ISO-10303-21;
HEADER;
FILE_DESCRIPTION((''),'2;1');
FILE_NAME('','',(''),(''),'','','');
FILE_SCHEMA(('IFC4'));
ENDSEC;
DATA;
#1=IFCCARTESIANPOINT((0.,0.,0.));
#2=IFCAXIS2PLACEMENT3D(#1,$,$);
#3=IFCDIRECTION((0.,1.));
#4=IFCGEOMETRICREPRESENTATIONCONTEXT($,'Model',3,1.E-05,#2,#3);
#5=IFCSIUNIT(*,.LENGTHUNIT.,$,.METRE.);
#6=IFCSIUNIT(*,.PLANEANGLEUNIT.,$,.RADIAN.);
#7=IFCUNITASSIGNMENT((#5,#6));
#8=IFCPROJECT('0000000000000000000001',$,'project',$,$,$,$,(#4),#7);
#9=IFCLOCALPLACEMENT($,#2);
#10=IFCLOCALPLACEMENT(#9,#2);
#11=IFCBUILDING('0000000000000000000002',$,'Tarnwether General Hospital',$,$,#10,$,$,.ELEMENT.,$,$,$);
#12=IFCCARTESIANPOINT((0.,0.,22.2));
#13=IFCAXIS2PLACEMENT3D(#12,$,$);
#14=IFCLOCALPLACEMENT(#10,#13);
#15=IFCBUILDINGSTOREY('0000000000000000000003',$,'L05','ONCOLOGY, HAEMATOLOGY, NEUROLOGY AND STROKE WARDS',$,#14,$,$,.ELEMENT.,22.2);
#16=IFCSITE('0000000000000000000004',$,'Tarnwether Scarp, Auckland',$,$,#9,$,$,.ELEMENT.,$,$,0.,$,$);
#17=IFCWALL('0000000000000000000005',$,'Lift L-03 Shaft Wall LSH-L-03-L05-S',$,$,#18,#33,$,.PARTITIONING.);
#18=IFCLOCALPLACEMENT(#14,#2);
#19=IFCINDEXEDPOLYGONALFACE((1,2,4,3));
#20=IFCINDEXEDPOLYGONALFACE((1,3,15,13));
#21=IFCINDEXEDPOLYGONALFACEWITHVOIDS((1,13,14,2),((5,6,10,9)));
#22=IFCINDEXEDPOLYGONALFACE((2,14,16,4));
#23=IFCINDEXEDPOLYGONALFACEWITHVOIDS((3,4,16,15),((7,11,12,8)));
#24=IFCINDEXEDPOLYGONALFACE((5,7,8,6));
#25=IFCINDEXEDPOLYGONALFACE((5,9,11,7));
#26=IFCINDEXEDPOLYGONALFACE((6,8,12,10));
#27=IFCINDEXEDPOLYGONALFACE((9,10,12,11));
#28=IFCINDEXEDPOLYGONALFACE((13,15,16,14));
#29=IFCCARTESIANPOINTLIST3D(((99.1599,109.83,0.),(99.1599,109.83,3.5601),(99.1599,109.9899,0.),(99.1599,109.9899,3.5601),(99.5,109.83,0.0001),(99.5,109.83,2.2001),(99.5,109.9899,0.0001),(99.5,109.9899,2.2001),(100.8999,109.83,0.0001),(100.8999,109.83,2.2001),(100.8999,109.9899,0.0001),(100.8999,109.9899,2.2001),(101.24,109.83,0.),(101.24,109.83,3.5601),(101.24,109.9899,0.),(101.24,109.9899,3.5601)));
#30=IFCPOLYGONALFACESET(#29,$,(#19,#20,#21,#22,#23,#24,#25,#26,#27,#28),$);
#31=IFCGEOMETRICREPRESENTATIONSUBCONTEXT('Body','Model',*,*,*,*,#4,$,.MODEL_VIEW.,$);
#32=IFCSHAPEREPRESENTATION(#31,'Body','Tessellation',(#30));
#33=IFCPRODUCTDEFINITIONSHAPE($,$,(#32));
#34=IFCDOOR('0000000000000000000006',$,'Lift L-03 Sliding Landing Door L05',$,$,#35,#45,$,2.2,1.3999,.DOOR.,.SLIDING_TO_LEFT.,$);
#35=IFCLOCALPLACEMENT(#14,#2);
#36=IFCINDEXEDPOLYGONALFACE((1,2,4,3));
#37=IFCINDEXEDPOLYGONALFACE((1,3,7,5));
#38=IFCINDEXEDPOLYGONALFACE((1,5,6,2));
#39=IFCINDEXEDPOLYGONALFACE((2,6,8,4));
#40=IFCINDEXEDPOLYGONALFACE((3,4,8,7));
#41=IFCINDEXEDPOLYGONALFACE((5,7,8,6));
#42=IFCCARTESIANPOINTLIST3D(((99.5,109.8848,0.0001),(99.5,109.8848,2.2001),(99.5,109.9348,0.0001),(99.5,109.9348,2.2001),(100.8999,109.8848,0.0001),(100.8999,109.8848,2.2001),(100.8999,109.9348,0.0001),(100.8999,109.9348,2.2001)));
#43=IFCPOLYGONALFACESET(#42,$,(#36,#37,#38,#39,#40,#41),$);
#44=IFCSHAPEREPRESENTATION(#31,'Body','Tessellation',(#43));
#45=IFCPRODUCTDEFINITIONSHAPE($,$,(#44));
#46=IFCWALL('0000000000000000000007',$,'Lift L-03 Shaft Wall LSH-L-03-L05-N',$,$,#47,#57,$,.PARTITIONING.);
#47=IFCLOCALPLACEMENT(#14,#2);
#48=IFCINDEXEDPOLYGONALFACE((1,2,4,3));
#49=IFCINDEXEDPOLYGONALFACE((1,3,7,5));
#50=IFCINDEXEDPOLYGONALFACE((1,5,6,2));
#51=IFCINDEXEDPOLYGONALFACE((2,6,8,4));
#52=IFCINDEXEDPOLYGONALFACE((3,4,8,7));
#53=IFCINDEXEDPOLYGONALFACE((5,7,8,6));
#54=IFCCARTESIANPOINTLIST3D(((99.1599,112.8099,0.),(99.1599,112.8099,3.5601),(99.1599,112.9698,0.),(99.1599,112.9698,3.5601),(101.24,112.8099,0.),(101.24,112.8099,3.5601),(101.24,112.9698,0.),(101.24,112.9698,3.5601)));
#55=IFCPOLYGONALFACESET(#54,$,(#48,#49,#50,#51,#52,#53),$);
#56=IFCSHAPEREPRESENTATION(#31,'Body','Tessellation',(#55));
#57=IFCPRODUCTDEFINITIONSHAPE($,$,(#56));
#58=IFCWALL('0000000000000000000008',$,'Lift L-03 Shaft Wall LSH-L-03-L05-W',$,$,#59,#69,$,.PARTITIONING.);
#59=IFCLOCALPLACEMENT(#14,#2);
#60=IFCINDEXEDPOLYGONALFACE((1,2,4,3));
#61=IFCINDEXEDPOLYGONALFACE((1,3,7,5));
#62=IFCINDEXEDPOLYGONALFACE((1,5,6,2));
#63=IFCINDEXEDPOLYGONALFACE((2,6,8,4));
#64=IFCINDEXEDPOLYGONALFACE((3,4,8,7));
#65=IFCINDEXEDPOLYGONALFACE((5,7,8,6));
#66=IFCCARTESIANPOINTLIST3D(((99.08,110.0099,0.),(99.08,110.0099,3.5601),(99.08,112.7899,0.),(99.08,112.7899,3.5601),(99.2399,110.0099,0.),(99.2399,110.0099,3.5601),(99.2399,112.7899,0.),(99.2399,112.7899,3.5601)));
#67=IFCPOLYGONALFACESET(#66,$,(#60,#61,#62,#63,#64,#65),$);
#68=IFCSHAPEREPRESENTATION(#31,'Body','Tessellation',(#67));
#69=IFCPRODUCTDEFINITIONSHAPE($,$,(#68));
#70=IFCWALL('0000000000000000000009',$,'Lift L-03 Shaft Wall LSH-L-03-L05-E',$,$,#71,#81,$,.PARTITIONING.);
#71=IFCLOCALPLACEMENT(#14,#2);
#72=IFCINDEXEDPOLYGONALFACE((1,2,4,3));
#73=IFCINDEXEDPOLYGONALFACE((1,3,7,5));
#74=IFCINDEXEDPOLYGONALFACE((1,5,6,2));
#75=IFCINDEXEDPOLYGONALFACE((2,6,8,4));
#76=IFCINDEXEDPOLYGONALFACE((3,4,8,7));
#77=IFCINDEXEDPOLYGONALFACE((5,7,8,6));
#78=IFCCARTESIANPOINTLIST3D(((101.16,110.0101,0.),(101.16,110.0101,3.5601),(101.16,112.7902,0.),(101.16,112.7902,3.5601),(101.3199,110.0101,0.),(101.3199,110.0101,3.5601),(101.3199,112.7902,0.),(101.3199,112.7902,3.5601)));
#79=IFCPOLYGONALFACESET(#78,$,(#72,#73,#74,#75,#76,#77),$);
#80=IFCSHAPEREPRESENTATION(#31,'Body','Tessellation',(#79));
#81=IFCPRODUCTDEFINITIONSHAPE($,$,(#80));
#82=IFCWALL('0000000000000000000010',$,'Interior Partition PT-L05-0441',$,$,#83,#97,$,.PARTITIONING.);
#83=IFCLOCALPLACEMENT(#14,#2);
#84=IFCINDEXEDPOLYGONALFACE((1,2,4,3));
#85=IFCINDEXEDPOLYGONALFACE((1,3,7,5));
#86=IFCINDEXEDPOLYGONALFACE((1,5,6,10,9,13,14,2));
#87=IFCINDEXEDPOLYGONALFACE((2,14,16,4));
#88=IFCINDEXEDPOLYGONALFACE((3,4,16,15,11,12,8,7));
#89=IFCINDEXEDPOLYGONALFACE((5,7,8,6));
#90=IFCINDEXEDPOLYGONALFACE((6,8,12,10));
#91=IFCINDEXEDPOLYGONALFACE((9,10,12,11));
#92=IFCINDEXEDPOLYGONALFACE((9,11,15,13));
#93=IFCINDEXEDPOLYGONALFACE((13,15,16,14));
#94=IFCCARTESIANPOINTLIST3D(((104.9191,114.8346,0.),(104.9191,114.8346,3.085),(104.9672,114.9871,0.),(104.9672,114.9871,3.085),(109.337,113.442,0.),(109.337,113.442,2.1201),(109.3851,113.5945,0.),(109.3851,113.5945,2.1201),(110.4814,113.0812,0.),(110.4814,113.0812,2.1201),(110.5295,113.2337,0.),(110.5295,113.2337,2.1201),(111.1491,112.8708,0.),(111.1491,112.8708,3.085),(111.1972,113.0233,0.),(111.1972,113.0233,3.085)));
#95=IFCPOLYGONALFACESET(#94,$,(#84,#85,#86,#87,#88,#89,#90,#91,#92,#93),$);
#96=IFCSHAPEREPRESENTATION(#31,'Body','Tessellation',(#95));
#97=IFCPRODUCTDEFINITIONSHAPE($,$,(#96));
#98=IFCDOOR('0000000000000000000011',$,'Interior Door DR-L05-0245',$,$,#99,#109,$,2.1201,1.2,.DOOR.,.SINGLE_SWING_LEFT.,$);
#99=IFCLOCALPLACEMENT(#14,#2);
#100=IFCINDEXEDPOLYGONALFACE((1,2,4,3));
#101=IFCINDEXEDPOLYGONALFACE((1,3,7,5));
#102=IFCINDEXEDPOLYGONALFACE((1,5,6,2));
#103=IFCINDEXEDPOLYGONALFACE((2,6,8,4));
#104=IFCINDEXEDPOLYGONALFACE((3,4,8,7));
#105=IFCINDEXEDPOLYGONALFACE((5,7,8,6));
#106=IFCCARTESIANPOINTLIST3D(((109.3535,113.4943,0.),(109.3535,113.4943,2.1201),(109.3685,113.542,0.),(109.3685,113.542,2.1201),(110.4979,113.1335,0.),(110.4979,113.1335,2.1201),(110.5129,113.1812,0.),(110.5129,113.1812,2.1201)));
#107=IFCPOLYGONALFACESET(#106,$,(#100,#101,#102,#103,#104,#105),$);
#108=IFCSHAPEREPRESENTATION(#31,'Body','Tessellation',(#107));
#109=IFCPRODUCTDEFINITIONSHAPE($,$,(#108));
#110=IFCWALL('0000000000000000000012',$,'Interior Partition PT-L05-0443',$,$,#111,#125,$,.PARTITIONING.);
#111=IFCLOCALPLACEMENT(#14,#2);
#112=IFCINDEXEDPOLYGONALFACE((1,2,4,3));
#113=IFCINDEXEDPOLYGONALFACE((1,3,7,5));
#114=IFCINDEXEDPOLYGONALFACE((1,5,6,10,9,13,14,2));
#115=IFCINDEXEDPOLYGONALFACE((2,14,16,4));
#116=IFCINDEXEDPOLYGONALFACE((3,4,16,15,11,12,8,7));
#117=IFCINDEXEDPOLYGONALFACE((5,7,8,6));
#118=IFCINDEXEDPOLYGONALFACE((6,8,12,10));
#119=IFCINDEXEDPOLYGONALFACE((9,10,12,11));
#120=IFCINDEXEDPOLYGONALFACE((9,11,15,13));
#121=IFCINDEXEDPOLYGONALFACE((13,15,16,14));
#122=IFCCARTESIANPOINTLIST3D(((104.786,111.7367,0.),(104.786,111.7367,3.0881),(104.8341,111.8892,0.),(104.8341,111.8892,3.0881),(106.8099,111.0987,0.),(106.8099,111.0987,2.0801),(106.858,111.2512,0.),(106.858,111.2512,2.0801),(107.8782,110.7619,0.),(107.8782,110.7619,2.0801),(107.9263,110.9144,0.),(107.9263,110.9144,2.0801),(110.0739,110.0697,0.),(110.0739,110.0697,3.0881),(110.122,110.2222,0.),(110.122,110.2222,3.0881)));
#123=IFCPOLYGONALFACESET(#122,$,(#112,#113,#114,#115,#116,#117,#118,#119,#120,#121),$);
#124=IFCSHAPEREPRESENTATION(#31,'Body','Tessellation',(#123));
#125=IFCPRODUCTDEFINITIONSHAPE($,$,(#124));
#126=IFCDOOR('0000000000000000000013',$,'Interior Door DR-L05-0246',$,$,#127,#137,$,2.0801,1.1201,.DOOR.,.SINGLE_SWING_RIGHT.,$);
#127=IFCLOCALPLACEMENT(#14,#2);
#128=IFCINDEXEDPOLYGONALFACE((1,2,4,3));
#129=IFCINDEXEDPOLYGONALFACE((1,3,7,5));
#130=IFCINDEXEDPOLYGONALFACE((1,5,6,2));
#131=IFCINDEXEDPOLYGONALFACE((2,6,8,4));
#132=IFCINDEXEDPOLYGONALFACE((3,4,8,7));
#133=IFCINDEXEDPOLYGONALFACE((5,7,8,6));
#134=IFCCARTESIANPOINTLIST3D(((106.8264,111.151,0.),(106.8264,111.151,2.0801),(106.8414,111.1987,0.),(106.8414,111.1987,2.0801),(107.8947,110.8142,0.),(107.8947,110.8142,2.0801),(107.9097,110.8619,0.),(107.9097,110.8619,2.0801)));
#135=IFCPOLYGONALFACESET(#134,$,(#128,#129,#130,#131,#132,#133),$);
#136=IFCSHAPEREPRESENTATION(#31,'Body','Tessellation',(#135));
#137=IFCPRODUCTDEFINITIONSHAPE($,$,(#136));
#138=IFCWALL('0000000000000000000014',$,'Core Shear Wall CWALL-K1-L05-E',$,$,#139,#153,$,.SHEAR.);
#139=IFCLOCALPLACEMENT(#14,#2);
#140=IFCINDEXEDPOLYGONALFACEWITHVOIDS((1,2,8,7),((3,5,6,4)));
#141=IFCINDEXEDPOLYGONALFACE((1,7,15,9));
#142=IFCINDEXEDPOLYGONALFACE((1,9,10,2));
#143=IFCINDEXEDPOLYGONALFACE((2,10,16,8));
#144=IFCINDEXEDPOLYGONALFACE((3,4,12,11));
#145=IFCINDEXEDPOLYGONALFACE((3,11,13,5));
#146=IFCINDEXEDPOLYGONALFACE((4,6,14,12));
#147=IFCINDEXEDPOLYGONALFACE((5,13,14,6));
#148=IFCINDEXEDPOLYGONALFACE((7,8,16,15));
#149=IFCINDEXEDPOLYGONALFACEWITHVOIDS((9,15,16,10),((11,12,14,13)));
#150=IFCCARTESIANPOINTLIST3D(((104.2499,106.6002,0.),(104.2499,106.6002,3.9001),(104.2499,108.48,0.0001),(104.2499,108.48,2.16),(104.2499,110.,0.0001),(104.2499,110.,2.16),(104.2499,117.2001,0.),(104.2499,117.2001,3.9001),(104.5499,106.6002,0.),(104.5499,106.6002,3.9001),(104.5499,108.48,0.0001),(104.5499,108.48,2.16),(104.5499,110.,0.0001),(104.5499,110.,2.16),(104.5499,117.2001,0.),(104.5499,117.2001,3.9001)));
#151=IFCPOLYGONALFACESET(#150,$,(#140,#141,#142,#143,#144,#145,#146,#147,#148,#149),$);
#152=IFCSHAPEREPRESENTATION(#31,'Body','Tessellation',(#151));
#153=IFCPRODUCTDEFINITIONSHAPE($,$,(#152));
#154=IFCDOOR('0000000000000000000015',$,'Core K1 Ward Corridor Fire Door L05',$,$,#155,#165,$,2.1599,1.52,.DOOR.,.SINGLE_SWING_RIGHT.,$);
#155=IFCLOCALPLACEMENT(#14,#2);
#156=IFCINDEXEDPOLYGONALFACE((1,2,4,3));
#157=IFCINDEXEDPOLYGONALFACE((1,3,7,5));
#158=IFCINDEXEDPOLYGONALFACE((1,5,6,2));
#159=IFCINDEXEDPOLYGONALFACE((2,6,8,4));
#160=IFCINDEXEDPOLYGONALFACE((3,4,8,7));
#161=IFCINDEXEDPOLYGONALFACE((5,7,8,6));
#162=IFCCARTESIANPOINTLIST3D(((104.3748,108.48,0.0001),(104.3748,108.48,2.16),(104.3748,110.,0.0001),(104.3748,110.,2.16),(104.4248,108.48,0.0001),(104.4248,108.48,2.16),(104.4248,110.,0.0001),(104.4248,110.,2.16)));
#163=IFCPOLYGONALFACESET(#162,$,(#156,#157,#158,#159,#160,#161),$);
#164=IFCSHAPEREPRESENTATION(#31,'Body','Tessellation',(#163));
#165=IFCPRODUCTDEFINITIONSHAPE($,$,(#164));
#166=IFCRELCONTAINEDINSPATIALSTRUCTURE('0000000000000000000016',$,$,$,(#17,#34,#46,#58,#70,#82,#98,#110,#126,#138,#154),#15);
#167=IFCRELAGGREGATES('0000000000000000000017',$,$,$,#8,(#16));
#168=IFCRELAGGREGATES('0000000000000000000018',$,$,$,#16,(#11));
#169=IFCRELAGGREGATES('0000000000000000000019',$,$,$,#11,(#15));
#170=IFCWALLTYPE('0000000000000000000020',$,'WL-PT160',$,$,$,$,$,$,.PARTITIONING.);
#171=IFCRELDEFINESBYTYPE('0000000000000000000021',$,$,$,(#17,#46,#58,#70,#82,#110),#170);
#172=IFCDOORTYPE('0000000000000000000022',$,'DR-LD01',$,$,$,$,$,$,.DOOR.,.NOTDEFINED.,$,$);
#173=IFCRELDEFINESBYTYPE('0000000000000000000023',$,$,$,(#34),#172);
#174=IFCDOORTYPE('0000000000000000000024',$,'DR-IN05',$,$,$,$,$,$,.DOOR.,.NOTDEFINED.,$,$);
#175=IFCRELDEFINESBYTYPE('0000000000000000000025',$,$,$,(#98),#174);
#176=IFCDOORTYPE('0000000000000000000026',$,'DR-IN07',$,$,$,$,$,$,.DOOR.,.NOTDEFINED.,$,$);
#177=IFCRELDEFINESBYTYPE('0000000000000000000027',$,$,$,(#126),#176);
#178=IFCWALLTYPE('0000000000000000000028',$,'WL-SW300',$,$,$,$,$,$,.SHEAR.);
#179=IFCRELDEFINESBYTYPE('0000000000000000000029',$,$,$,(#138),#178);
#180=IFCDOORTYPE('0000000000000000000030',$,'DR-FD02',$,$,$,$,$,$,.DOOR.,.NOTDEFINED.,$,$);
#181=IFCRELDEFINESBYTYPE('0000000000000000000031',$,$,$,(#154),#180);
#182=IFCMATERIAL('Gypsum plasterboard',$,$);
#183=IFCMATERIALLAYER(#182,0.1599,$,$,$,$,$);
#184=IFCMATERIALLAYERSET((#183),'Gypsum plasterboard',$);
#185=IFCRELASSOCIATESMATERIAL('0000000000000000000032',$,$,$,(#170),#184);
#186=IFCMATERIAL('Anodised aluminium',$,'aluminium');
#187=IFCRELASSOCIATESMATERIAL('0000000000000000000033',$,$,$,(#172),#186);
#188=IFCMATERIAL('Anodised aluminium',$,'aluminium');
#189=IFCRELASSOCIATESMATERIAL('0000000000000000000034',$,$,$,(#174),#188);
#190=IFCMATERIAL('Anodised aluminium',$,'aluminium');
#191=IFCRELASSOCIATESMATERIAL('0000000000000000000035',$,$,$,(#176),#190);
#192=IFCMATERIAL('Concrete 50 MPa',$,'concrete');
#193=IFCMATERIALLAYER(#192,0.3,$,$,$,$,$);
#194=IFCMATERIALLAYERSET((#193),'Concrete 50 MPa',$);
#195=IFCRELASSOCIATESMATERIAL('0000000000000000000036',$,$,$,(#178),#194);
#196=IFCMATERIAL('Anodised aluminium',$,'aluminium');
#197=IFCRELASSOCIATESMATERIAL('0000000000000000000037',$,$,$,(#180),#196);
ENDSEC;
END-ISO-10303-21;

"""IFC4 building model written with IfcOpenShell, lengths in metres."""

from ifc_helpers import new_model, si_unit, direction, frame, frame_2d, origin, place, context, subcontext, project, spatial, rectangle, extrude, material, layer, layer_set, type_object, element, fill, save


model = new_model("IFC4")

# Units and contexts
model_context = context("Model", 3, precision=1e-05, world=origin(), true_north=direction((0.0, 1.0)))
body_context = subcontext(model_context, "Body", "Model", "MODEL_VIEW")
ifc_project = project(units=[si_unit("LENGTHUNIT", "METRE"), si_unit("PLANEANGLEUNIT", "RADIAN")], contexts=[model_context])

# Site, building, storey
site_placement = place(None, origin())
site = spatial("IfcSite", under=ifc_project, at=site_placement, Name="Tarnwether Scarp, Auckland", CompositionType="ELEMENT", RefElevation=0.0)
building_placement = place(site_placement, origin())
building = spatial("IfcBuilding", under=site, at=building_placement, Name="Tarnwether General Hospital", CompositionType="ELEMENT")
storey_placement = place(building_placement, frame((0.0, 0.0, 22.2)))
storey = spatial("IfcBuildingStorey", under=building, at=storey_placement, Name="L05", Description="ONCOLOGY, HAEMATOLOGY, NEUROLOGY AND STROKE WARDS", CompositionType="ELEMENT", Elevation=22.2)

# Wall, opening, door
ifc_material_1 = material(Name="Gypsum plasterboard")
ifc_layer_1 = layer(ifc_material_1, 0.1599)
ifc_layer_set_1 = layer_set([ifc_layer_1], Name="Gypsum plasterboard")
wall_type_1 = type_object("IfcWallType", Name="WL-PT160", PredefinedType="PARTITIONING", material=ifc_layer_set_1)
wall_1_placement = place(storey_placement, frame((99.1599, 109.9099, 0.0), z_axis=(0.0, 0.0, 1.0), x_axis=(1.0, 0.0, 0.0)))
wall_1 = element("IfcWall", 1, at=wall_1_placement, inside=storey, type_object=wall_type_1, Name="Lift L-03 Shaft Wall LSH-L-03-L05-S", PredefinedType="PARTITIONING", context=body_context, shape_type="SweptSolid", body=[
    extrude(rectangle(XDim=2.0801, YDim=0.1599, at=frame_2d((1.04, 0.0))), origin(), (0.0, 0.0, 1.0), 3.5601),
])
opening_1_placement = place(wall_1_placement, frame((0.3401, 0.0, 0.0)))
opening_1 = element("IfcOpeningElement", 2, at=opening_1_placement, cuts=wall_1, PredefinedType="OPENING", context=body_context, shape_type="SweptSolid", body=[
    extrude(rectangle(XDim=1.3999, YDim=2.2, at=frame_2d((0.7, 1.1001))), frame((0.0, 0.0898, 0.0), z_axis=(0.0, -1.0, 0.0), x_axis=(1.0, 0.0, 0.0)), (0.0, 0.0, 1.0), 0.1799),
])
ifc_material_2 = material(Name="Anodised aluminium", Category="aluminium")
door_type_1 = type_object("IfcDoorType", Name="DR-LD01", OperationType="NOTDEFINED", PredefinedType="DOOR", material=ifc_material_2)
door_1_placement = place(opening_1_placement, origin())
door_1 = element("IfcDoor", 3, at=door_1_placement, inside=storey, type_object=door_type_1, Name="Lift L-03 Sliding Landing Door L05", OperationType="SLIDING_TO_LEFT", OverallHeight=2.2, OverallWidth=1.3999, PredefinedType="DOOR", context=body_context, shape_type="SweptSolid", body=[
    extrude(rectangle(XDim=1.3999, YDim=2.2, at=frame_2d((0.7, 1.1001))), frame((0.0, 0.0249, 0.0), z_axis=(0.0, -1.0, 0.0), x_axis=(1.0, 0.0, 0.0)), (0.0, 0.0, 1.0), 0.05),
])
fill(opening_1, door_1)

# Walls
wall_2_placement = place(storey_placement, frame((101.24, 112.8899, 0.0), z_axis=(0.0, 0.0, 1.0), x_axis=(-1.0, 0.0, 0.0)))
element("IfcWall", 4, at=wall_2_placement, inside=storey, type_object=wall_type_1, Name="Lift L-03 Shaft Wall LSH-L-03-L05-N", PredefinedType="PARTITIONING", context=body_context, shape_type="SweptSolid", body=[
    extrude(rectangle(XDim=2.0801, YDim=0.1599, at=frame_2d((1.04, 0.0))), origin(), (0.0, 0.0, 1.0), 3.5601),
])
for number, where, z_axis, x_axis, name in (
    (5, (99.1599, 112.79, 0.0), (0.0, 0.0, 1.0), (0.0, -1.0, 0.0), "Lift L-03 Shaft Wall LSH-L-03-L05-W"),
    (6, (101.24, 110.01, 0.0), (0.0, 0.0, 1.0), (0.0, 1.0, 0.0), "Lift L-03 Shaft Wall LSH-L-03-L05-E"),
):
    element("IfcWall", number, at=place(storey_placement, frame(where, z_axis=z_axis, x_axis=x_axis)), inside=storey, type_object=wall_type_1, Name=name, PredefinedType="PARTITIONING", context=body_context, shape_type="SweptSolid", body=[
        extrude(rectangle(XDim=2.78, YDim=0.1599, at=frame_2d((1.3901, 0.0))), origin(), (0.0, 0.0, 1.0), 3.5601),
    ])

# Walls, openings, doors
wall_3_placement = place(storey_placement, frame((104.9431, 114.9109, 0.0), z_axis=(0.0, 0.0, 1.0), x_axis=(0.953736, -0.300645, 0.0)))
wall_3 = element("IfcWall", 7, at=wall_3_placement, inside=storey, type_object=wall_type_1, Name="Interior Partition PT-L05-0441", PredefinedType="PARTITIONING", context=body_context, shape_type="SweptSolid", body=[
    extrude(rectangle(XDim=6.5322, YDim=0.1599, at=frame_2d((3.2661, 0.0))), origin(), (0.0, 0.0, 1.0), 3.085),
])
opening_2_placement = place(wall_3_placement, frame((4.6321, 0.0, 0.0)))
opening_2 = element("IfcOpeningElement", 8, at=opening_2_placement, cuts=wall_3, PredefinedType="OPENING", context=body_context, shape_type="SweptSolid", body=[
    extrude(rectangle(XDim=1.2, YDim=2.1201, at=frame_2d((0.6001, 1.0601))), frame((0.0, 0.0898, 0.0), z_axis=(0.0, -1.0, 0.0), x_axis=(1.0, 0.0, 0.0)), (0.0, 0.0, 1.0), 0.1799),
])
ifc_material_3 = material(Name="Anodised aluminium", Category="aluminium")
door_type_2 = type_object("IfcDoorType", Name="DR-IN05", OperationType="NOTDEFINED", PredefinedType="DOOR", material=ifc_material_3)
door_2_placement = place(opening_2_placement, origin())
door_2 = element("IfcDoor", 9, at=door_2_placement, inside=storey, type_object=door_type_2, Name="Interior Door DR-L05-0245", OperationType="SINGLE_SWING_LEFT", OverallHeight=2.1201, OverallWidth=1.2, PredefinedType="DOOR", context=body_context, shape_type="SweptSolid", body=[
    extrude(rectangle(XDim=1.2, YDim=2.1201, at=frame_2d((0.6001, 1.0601))), frame((0.0, 0.0249, 0.0), z_axis=(0.0, -1.0, 0.0), x_axis=(1.0, 0.0, 0.0)), (0.0, 0.0, 1.0), 0.05),
])
fill(opening_2, door_2)
wall_4_placement = place(storey_placement, frame((104.8101, 111.813, 0.0), z_axis=(0.0, 0.0, 1.0), x_axis=(0.95373, -0.300663, 0.0)))
wall_4 = element("IfcWall", 10, at=wall_4_placement, inside=storey, type_object=wall_type_1, Name="Interior Partition PT-L05-0443", PredefinedType="PARTITIONING", context=body_context, shape_type="SweptSolid", body=[
    extrude(rectangle(XDim=5.5444, YDim=0.1599, at=frame_2d((2.7722, 0.0))), origin(), (0.0, 0.0, 1.0), 3.0881),
])
opening_3_placement = place(wall_4_placement, frame((2.1221, 0.0, 0.0)))
opening_3 = element("IfcOpeningElement", 11, at=opening_3_placement, cuts=wall_4, PredefinedType="OPENING", context=body_context, shape_type="SweptSolid", body=[
    extrude(rectangle(XDim=1.1201, YDim=2.0801, at=frame_2d((0.5601, 1.04))), frame((0.0, 0.0898, 0.0), z_axis=(0.0, -1.0, 0.0), x_axis=(1.0, 0.0, 0.0)), (0.0, 0.0, 1.0), 0.1799),
])
ifc_material_4 = material(Name="Anodised aluminium", Category="aluminium")
door_type_3 = type_object("IfcDoorType", Name="DR-IN07", OperationType="NOTDEFINED", PredefinedType="DOOR", material=ifc_material_4)
door_3_placement = place(opening_3_placement, origin())
door_3 = element("IfcDoor", 12, at=door_3_placement, inside=storey, type_object=door_type_3, Name="Interior Door DR-L05-0246", OperationType="SINGLE_SWING_RIGHT", OverallHeight=2.0801, OverallWidth=1.1201, PredefinedType="DOOR", context=body_context, shape_type="SweptSolid", body=[
    extrude(rectangle(XDim=1.1201, YDim=2.0801, at=frame_2d((0.5601, 1.04))), frame((0.0, 0.0249, 0.0), z_axis=(0.0, -1.0, 0.0), x_axis=(1.0, 0.0, 0.0)), (0.0, 0.0, 1.0), 0.05),
])
fill(opening_3, door_3)
ifc_material_5 = material(Name="Concrete 50 MPa", Category="concrete")
ifc_layer_2 = layer(ifc_material_5, 0.3)
ifc_layer_set_2 = layer_set([ifc_layer_2], Name="Concrete 50 MPa")
wall_type_2 = type_object("IfcWallType", Name="WL-SW300", PredefinedType="SHEAR", material=ifc_layer_set_2)
wall_5_placement = place(storey_placement, frame((104.3999, 117.2, 0.0), z_axis=(0.0, 0.0, 1.0), x_axis=(0.0, -1.0, 0.0)))
wall_5 = element("IfcWall", 13, at=wall_5_placement, inside=storey, type_object=wall_type_2, Name="Core Shear Wall CWALL-K1-L05-E", PredefinedType="SHEAR", context=body_context, shape_type="SweptSolid", body=[
    extrude(rectangle(XDim=10.5999, YDim=0.3, at=frame_2d((5.2998, 0.0))), origin(), (0.0, 0.0, 1.0), 3.9001),
])
opening_4_placement = place(wall_5_placement, frame((7.2, 0.0, 0.0)))
opening_4 = element("IfcOpeningElement", 14, at=opening_4_placement, cuts=wall_5, PredefinedType="OPENING", context=body_context, shape_type="SweptSolid", body=[
    extrude(rectangle(XDim=1.52, YDim=2.1599, at=frame_2d((0.76, 1.0801))), frame((0.0, 0.1602, 0.0), z_axis=(0.0, -1.0, 0.0), x_axis=(1.0, 0.0, 0.0)), (0.0, 0.0, 1.0), 0.3201),
])
ifc_material_6 = material(Name="Anodised aluminium", Category="aluminium")
door_type_4 = type_object("IfcDoorType", Name="DR-FD02", OperationType="NOTDEFINED", PredefinedType="DOOR", material=ifc_material_6)
door_4_placement = place(opening_4_placement, origin())
door_4 = element("IfcDoor", 15, at=door_4_placement, inside=storey, type_object=door_type_4, Name="Core K1 Ward Corridor Fire Door L05", OperationType="SINGLE_SWING_RIGHT", OverallHeight=2.1599, OverallWidth=1.52, PredefinedType="DOOR", context=body_context, shape_type="SweptSolid", body=[
    extrude(rectangle(XDim=1.52, YDim=2.1599, at=frame_2d((0.76, 1.0801))), frame((0.0, 0.0249, 0.0), z_axis=(0.0, -1.0, 0.0), x_axis=(1.0, 0.0, 0.0)), (0.0, 0.0, 1.0), 0.05),
])
fill(opening_4, door_4)

save(model, "model.ifc")
